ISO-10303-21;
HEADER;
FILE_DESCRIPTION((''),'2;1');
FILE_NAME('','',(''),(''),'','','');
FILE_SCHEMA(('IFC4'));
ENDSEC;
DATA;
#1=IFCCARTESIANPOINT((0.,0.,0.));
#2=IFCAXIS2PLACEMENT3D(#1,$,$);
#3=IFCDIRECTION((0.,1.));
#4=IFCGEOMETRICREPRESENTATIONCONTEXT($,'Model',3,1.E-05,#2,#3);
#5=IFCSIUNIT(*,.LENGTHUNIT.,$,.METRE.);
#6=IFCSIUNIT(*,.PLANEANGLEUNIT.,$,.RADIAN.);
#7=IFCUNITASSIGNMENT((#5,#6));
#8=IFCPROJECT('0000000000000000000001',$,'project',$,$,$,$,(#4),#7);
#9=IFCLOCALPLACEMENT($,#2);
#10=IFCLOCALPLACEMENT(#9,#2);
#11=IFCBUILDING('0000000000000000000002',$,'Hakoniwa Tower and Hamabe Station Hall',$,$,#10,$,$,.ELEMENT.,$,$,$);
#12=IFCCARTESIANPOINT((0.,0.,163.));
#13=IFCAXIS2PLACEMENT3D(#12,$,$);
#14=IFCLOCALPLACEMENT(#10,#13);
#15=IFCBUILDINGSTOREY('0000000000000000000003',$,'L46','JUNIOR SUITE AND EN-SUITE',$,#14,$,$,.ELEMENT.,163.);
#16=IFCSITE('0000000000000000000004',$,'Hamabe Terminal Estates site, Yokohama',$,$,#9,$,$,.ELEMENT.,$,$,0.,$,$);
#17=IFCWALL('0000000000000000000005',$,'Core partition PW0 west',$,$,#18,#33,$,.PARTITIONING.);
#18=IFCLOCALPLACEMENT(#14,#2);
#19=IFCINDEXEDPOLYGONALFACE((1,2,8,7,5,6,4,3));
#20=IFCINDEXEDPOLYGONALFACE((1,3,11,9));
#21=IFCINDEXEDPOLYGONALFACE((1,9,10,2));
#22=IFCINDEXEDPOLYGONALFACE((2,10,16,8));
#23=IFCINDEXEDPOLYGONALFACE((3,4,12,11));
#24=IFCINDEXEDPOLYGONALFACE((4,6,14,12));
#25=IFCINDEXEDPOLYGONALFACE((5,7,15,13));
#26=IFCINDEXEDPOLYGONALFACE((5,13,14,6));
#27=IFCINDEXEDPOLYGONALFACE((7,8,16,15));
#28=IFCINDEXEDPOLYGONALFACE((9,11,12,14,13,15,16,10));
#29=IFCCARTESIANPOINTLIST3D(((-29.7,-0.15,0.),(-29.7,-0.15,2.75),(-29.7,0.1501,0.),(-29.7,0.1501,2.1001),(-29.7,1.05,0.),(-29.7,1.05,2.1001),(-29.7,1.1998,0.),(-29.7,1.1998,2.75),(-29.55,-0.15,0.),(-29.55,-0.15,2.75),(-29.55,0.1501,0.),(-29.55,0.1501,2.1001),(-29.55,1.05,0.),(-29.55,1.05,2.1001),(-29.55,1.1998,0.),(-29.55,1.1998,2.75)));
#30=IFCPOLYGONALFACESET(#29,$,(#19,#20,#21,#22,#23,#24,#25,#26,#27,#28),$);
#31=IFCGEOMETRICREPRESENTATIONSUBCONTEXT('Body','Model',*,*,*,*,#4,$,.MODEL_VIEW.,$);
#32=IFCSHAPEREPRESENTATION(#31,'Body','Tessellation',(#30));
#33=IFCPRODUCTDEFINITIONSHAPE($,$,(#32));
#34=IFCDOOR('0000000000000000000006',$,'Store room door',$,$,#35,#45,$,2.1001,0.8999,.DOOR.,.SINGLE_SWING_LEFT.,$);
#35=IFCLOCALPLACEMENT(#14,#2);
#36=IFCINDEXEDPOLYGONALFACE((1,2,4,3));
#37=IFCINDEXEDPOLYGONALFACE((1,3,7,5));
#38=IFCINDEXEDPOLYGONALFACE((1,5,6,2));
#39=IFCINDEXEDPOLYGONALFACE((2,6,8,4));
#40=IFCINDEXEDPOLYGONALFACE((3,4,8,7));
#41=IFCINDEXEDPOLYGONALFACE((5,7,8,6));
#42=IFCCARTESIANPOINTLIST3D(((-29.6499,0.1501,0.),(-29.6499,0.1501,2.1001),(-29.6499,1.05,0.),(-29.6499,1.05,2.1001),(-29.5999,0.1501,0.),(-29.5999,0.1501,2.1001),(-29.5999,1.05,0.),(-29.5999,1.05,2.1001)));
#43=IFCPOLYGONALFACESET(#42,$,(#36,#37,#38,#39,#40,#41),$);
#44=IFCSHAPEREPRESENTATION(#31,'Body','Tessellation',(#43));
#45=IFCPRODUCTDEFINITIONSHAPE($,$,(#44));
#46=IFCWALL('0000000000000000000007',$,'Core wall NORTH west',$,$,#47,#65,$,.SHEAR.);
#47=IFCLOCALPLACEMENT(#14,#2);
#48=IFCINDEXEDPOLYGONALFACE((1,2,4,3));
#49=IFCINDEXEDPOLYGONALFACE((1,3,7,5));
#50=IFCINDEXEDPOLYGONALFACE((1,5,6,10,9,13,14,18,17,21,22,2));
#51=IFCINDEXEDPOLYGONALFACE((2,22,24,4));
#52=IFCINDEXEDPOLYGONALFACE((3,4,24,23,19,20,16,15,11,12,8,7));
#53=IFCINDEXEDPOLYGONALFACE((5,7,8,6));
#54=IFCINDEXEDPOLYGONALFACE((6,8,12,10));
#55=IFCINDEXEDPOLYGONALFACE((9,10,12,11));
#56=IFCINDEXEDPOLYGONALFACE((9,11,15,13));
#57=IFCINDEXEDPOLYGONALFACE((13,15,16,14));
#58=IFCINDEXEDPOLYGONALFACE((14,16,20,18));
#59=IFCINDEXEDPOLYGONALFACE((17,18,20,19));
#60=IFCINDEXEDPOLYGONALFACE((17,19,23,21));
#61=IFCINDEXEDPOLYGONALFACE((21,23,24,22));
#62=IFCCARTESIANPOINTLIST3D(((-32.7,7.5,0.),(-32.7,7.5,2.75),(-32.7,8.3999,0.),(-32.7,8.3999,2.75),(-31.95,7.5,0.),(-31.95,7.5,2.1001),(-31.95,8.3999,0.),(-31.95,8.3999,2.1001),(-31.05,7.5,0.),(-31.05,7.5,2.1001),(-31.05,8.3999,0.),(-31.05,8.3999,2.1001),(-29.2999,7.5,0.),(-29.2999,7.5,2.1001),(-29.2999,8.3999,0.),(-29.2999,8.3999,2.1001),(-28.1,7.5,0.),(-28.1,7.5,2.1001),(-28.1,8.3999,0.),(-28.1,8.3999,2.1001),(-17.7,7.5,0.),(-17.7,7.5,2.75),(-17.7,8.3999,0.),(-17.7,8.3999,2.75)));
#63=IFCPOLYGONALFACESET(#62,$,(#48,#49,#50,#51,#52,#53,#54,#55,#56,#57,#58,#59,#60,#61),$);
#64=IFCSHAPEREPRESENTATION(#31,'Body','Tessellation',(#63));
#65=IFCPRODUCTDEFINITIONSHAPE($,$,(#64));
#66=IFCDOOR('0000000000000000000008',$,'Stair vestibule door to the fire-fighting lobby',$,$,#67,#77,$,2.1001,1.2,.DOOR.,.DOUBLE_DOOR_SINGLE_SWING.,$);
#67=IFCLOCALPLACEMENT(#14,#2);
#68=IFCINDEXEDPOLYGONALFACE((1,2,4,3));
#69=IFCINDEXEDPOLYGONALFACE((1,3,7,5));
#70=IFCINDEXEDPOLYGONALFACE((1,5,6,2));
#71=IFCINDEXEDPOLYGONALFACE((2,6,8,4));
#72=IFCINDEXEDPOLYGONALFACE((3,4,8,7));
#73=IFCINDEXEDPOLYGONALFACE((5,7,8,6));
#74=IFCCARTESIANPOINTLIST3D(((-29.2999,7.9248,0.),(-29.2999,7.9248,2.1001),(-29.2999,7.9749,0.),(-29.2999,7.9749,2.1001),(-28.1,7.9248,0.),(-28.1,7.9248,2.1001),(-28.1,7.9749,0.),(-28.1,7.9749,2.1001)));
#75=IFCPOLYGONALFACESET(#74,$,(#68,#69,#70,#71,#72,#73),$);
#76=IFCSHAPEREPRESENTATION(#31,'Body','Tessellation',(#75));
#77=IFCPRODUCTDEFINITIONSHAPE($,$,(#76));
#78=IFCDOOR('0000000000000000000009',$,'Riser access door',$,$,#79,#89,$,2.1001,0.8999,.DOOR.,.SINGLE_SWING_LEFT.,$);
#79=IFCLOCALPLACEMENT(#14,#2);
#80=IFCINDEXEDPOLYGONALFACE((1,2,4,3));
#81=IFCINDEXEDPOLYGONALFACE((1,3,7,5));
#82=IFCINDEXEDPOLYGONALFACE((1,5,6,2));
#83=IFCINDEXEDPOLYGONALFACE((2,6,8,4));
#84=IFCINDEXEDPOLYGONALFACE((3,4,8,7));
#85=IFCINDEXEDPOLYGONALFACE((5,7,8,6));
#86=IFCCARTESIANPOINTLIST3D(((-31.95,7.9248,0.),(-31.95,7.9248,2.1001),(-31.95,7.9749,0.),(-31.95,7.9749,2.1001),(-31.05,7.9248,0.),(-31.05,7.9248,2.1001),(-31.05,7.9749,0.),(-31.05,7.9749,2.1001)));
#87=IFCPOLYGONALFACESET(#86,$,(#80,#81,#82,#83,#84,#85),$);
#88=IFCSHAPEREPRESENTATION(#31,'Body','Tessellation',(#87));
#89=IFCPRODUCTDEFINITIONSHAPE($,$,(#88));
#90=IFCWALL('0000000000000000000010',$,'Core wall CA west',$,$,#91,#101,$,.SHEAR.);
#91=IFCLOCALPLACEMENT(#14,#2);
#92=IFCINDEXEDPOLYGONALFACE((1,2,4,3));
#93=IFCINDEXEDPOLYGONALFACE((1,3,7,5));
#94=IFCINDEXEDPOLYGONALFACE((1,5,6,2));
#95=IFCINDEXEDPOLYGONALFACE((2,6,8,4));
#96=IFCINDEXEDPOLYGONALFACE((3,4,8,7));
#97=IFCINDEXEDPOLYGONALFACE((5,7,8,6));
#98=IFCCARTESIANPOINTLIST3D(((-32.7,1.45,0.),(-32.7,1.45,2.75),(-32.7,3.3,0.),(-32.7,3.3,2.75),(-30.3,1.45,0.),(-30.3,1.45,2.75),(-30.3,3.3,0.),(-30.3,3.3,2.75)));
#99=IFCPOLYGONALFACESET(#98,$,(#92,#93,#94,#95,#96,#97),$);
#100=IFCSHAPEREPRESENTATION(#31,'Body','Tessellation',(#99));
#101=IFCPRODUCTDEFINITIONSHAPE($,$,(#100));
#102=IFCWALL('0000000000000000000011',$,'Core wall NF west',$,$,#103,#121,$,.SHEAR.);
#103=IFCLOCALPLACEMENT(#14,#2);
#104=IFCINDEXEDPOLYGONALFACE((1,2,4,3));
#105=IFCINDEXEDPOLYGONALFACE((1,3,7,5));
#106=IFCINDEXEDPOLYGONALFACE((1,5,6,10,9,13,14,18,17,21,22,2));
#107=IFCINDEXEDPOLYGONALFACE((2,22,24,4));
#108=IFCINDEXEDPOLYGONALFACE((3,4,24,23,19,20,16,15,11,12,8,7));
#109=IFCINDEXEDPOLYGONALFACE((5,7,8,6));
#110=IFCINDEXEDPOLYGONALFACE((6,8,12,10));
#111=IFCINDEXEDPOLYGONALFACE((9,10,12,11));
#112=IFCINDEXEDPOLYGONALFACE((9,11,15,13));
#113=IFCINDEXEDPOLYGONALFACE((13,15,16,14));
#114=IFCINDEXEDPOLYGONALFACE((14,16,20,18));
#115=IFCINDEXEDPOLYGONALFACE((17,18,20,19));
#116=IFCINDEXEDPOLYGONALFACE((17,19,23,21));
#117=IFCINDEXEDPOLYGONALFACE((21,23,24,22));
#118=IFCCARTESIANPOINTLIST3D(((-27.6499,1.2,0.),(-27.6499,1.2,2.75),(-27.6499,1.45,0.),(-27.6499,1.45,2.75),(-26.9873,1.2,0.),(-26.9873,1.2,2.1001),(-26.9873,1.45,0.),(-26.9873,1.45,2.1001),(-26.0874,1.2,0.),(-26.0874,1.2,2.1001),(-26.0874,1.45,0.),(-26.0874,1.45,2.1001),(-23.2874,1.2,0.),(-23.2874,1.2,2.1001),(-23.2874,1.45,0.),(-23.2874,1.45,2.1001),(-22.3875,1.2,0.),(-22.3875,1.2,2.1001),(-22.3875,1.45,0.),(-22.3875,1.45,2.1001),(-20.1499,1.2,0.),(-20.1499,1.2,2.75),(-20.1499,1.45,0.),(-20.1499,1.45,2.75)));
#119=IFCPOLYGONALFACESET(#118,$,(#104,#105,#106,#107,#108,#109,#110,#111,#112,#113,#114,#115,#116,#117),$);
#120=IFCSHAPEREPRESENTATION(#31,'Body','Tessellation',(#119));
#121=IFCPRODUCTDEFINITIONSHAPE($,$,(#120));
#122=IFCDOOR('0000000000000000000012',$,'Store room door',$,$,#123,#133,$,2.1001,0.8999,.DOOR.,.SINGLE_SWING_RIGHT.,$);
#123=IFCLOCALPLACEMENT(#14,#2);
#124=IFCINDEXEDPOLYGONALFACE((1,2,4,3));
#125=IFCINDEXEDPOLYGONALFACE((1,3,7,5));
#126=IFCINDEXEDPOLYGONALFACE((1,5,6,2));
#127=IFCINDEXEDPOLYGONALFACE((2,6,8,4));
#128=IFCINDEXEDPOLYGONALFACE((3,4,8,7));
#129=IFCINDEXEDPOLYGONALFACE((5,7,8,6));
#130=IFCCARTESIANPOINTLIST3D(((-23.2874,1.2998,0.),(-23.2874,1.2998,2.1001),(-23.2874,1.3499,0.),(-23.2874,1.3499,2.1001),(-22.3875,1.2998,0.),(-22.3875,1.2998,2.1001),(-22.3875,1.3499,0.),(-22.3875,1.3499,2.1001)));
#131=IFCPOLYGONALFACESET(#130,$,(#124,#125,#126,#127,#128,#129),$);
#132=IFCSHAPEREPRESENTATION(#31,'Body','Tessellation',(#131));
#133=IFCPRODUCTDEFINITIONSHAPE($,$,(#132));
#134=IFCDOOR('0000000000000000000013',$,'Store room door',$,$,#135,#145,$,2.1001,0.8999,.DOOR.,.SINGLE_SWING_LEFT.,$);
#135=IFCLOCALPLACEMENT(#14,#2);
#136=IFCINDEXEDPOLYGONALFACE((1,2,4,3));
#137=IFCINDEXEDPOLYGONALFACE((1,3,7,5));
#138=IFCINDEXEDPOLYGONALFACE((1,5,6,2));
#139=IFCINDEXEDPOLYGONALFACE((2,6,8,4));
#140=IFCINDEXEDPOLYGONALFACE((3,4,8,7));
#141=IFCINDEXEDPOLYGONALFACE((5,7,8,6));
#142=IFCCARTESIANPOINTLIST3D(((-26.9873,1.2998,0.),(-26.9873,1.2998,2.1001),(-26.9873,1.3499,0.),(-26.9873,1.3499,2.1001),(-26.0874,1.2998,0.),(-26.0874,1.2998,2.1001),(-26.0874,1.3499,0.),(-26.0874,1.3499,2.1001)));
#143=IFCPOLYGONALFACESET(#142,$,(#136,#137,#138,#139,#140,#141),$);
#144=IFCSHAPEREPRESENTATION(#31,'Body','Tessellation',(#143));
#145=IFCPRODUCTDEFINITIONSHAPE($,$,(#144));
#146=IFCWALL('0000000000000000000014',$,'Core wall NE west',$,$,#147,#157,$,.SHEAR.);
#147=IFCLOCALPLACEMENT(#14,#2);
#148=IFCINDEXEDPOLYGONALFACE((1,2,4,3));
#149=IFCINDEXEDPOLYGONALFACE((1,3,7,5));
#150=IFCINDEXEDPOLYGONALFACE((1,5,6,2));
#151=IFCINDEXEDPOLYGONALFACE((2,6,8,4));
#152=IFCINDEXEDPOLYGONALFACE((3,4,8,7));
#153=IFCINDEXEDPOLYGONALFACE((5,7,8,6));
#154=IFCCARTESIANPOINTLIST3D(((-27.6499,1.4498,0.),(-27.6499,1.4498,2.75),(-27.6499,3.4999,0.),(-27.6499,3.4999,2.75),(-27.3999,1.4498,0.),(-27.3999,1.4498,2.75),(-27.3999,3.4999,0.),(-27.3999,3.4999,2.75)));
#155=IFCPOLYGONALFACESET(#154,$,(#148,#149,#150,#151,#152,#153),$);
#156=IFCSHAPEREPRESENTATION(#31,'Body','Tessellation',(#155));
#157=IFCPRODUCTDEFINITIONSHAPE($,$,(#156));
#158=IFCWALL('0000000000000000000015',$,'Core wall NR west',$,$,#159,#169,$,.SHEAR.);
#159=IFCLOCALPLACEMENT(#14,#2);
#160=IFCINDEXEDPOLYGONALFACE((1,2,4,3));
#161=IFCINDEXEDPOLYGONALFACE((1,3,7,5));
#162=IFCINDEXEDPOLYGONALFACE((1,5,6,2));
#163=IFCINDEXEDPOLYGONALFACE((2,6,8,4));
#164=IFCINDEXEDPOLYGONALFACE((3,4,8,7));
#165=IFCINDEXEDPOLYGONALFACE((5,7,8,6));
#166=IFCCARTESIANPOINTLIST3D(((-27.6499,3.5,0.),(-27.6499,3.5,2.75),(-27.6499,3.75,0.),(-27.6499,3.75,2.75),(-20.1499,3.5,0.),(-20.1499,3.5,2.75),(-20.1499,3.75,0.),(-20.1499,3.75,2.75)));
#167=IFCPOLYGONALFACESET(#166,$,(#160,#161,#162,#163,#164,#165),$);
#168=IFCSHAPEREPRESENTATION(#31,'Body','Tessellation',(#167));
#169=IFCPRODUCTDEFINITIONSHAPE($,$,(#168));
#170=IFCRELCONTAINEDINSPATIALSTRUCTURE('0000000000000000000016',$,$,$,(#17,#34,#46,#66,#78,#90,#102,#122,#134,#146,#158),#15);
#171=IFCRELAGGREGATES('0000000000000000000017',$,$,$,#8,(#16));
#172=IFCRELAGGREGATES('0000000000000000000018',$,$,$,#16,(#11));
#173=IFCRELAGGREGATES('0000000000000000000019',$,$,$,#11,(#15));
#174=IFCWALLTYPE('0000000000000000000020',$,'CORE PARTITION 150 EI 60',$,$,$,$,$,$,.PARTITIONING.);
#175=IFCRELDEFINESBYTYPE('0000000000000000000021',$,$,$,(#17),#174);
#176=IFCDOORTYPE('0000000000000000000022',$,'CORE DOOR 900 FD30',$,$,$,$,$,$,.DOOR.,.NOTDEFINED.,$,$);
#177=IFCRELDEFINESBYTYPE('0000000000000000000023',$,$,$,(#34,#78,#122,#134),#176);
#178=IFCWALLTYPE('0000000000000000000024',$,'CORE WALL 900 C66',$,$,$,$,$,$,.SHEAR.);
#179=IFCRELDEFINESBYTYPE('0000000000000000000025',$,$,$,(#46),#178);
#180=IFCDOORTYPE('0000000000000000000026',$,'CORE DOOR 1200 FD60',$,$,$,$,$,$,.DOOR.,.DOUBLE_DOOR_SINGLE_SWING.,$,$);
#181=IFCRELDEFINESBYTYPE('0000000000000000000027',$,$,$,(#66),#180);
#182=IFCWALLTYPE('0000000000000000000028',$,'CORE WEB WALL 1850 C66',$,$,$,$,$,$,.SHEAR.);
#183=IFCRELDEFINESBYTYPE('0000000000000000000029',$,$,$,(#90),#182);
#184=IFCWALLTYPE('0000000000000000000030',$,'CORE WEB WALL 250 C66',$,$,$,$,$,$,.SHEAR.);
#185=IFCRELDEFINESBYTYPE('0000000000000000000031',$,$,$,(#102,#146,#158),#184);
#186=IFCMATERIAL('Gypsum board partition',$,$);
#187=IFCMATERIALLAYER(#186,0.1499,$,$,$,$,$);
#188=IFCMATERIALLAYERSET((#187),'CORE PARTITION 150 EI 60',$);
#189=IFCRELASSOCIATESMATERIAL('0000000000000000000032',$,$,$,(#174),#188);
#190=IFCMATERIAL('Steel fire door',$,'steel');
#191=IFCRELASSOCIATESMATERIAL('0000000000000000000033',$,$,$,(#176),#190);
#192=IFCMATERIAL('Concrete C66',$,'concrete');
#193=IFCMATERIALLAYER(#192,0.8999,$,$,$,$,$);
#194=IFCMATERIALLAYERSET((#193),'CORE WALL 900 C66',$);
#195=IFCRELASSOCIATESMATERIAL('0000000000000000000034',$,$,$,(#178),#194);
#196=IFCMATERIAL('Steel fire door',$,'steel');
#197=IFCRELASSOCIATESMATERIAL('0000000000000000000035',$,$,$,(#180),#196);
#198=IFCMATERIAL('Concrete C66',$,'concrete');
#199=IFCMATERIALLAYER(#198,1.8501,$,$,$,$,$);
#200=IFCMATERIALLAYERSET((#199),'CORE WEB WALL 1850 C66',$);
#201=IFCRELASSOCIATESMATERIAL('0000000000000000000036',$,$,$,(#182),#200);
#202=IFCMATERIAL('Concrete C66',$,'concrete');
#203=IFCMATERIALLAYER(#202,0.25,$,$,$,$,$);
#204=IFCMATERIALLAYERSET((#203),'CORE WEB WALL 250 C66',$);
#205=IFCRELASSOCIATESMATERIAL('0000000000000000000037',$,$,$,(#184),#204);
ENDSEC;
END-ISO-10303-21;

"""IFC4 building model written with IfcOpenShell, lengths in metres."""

from ifc_helpers import new_model, si_unit, direction, frame, frame_2d, origin, place, context, subcontext, project, spatial, rectangle, extrude, material, layer, layer_set, type_object, element, fill, save


model = new_model("IFC4")

# Units and contexts
model_context = context("Model", 3, precision=1e-05, world=origin(), true_north=direction((0.0, 1.0)))
body_context = subcontext(model_context, "Body", "Model", "MODEL_VIEW")
ifc_project = project(units=[si_unit("LENGTHUNIT", "METRE"), si_unit("PLANEANGLEUNIT", "RADIAN")], contexts=[model_context])

# Site, building, storey
site_placement = place(None, origin())
site = spatial("IfcSite", under=ifc_project, at=site_placement, Name="Hamabe Terminal Estates site, Yokohama", CompositionType="ELEMENT", RefElevation=0.0)
building_placement = place(site_placement, origin())
building = spatial("IfcBuilding", under=site, at=building_placement, Name="Hakoniwa Tower and Hamabe Station Hall", CompositionType="ELEMENT")
storey_placement = place(building_placement, frame((0.0, 0.0, 163.0)))
storey = spatial("IfcBuildingStorey", under=building, at=storey_placement, Name="L46", Description="JUNIOR SUITE AND EN-SUITE", CompositionType="ELEMENT", Elevation=163.0)

# Wall, opening, door
ifc_material_1 = material(Name="Gypsum board partition")
ifc_layer_1 = layer(ifc_material_1, 0.1499)
ifc_layer_set_1 = layer_set([ifc_layer_1], Name="CORE PARTITION 150 EI 60")
wall_type_1 = type_object("IfcWallType", Name="CORE PARTITION 150 EI 60", PredefinedType="PARTITIONING", material=ifc_layer_set_1)
wall_1_placement = place(storey_placement, frame((-29.625, -0.1499, 0.0), z_axis=(0.0, 0.0, 1.0), x_axis=(0.0, 1.0, 0.0)))
wall_1 = element("IfcWall", 1, at=wall_1_placement, inside=storey, type_object=wall_type_1, Name="Core partition PW0 west", PredefinedType="PARTITIONING", context=body_context, shape_type="SweptSolid", body=[
    extrude(rectangle(XDim=1.3499, YDim=0.1499, at=frame_2d((0.6748, 0.0))), origin(), (0.0, 0.0, 1.0), 2.75),
])
opening_1_placement = place(wall_1_placement, frame((0.3, 0.0, 0.0)))
opening_1 = element("IfcOpeningElement", 2, at=opening_1_placement, cuts=wall_1, PredefinedType="OPENING", context=body_context, shape_type="SweptSolid", body=[
    extrude(rectangle(XDim=0.8999, YDim=2.1001, at=frame_2d((0.45, 1.05))), frame((0.0, 0.085, 0.0), z_axis=(0.0, -1.0, 0.0), x_axis=(1.0, 0.0, 0.0)), (0.0, 0.0, 1.0), 0.1699),
])
ifc_material_2 = material(Name="Steel fire door", Category="steel")
door_type_1 = type_object("IfcDoorType", Name="CORE DOOR 900 FD30", OperationType="NOTDEFINED", PredefinedType="DOOR", material=ifc_material_2)
door_1_placement = place(opening_1_placement, origin())
door_1 = element("IfcDoor", 3, at=door_1_placement, inside=storey, type_object=door_type_1, Name="Store room door", OperationType="SINGLE_SWING_LEFT", OverallHeight=2.1001, OverallWidth=0.8999, PredefinedType="DOOR", context=body_context, shape_type="SweptSolid", body=[
    extrude(rectangle(XDim=0.8999, YDim=2.1001, at=frame_2d((0.45, 1.05))), frame((0.0, 0.0249, 0.0), z_axis=(0.0, -1.0, 0.0), x_axis=(1.0, 0.0, 0.0)), (0.0, 0.0, 1.0), 0.05),
])
fill(opening_1, door_1)

# Wall, openings, doors
ifc_material_3 = material(Name="Concrete C66", Category="concrete")
ifc_layer_2 = layer(ifc_material_3, 0.8999)
ifc_layer_set_2 = layer_set([ifc_layer_2], Name="CORE WALL 900 C66")
wall_type_2 = type_object("IfcWallType", Name="CORE WALL 900 C66", PredefinedType="SHEAR", material=ifc_layer_set_2)
wall_2_placement = place(storey_placement, frame((-32.7, 7.95, 0.0), z_axis=(0.0, 0.0, 1.0), x_axis=(1.0, 0.0, 0.0)))
wall_2 = element("IfcWall", 4, at=wall_2_placement, inside=storey, type_object=wall_type_2, Name="Core wall NORTH west", PredefinedType="SHEAR", context=body_context, shape_type="SweptSolid", body=[
    extrude(rectangle(XDim=15.0, YDim=0.8999, at=frame_2d((7.5, 0.0))), origin(), (0.0, 0.0, 1.0), 2.75),
])
opening_2_placement = place(wall_2_placement, frame((3.3999, 0.0, 0.0)))
opening_2 = element("IfcOpeningElement", 5, at=opening_2_placement, cuts=wall_2, PredefinedType="OPENING", context=body_context, shape_type="SweptSolid", body=[
    extrude(rectangle(XDim=1.2, YDim=2.1001, at=frame_2d((0.6001, 1.05))), frame((0.0, 0.46, 0.0), z_axis=(0.0, -1.0, 0.0), x_axis=(1.0, 0.0, 0.0)), (0.0, 0.0, 1.0), 0.9199),
])
opening_3_placement = place(wall_2_placement, frame((0.75, 0.0, 0.0)))
opening_3 = element("IfcOpeningElement", 6, at=opening_3_placement, cuts=wall_2, PredefinedType="OPENING", context=body_context, shape_type="SweptSolid", body=[
    extrude(rectangle(XDim=0.8999, YDim=2.1001, at=frame_2d((0.45, 1.05))), frame((0.0, 0.46, 0.0), z_axis=(0.0, -1.0, 0.0), x_axis=(1.0, 0.0, 0.0)), (0.0, 0.0, 1.0), 0.9199),
])
ifc_material_4 = material(Name="Steel fire door", Category="steel")
door_type_2 = type_object("IfcDoorType", Name="CORE DOOR 1200 FD60", OperationType="DOUBLE_DOOR_SINGLE_SWING", PredefinedType="DOOR", material=ifc_material_4)
door_2_placement = place(opening_2_placement, origin())
door_2 = element("IfcDoor", 7, at=door_2_placement, inside=storey, type_object=door_type_2, Name="Stair vestibule door to the fire-fighting lobby", OperationType="DOUBLE_DOOR_SINGLE_SWING", OverallHeight=2.1001, OverallWidth=1.2, PredefinedType="DOOR", context=body_context, shape_type="SweptSolid", body=[
    extrude(rectangle(XDim=1.2, YDim=2.1001, at=frame_2d((0.6001, 1.05))), frame((0.0, 0.0249, 0.0), z_axis=(0.0, -1.0, 0.0), x_axis=(1.0, 0.0, 0.0)), (0.0, 0.0, 1.0), 0.05),
])
fill(opening_2, door_2)
door_3_placement = place(opening_3_placement, origin())
door_3 = element("IfcDoor", 8, at=door_3_placement, inside=storey, type_object=door_type_1, Name="Riser access door", OperationType="SINGLE_SWING_LEFT", OverallHeight=2.1001, OverallWidth=0.8999, PredefinedType="DOOR", context=body_context, shape_type="SweptSolid", body=[
    extrude(rectangle(XDim=0.8999, YDim=2.1001, at=frame_2d((0.45, 1.05))), frame((0.0, 0.0249, 0.0), z_axis=(0.0, -1.0, 0.0), x_axis=(1.0, 0.0, 0.0)), (0.0, 0.0, 1.0), 0.05),
])
fill(opening_3, door_3)

# Wall
ifc_material_5 = material(Name="Concrete C66", Category="concrete")
ifc_layer_3 = layer(ifc_material_5, 1.8501)
ifc_layer_set_3 = layer_set([ifc_layer_3], Name="CORE WEB WALL 1850 C66")
wall_type_3 = type_object("IfcWallType", Name="CORE WEB WALL 1850 C66", PredefinedType="SHEAR", material=ifc_layer_set_3)
wall_3_placement = place(storey_placement, frame((-32.7, 2.375, 0.0), z_axis=(0.0, 0.0, 1.0), x_axis=(1.0, 0.0, 0.0)))
element("IfcWall", 9, at=wall_3_placement, inside=storey, type_object=wall_type_3, Name="Core wall CA west", PredefinedType="SHEAR", context=body_context, shape_type="SweptSolid", body=[
    extrude(rectangle(XDim=2.3999, YDim=1.8501, at=frame_2d((1.2, 0.0))), origin(), (0.0, 0.0, 1.0), 2.75),
])

# Wall, openings, doors
ifc_material_6 = material(Name="Concrete C66", Category="concrete")
ifc_layer_4 = layer(ifc_material_6, 0.25)
ifc_layer_set_4 = layer_set([ifc_layer_4], Name="CORE WEB WALL 250 C66")
wall_type_4 = type_object("IfcWallType", Name="CORE WEB WALL 250 C66", PredefinedType="SHEAR", material=ifc_layer_set_4)
wall_4_placement = place(storey_placement, frame((-27.6499, 1.325, 0.0), z_axis=(0.0, 0.0, 1.0), x_axis=(1.0, 0.0, 0.0)))
wall_4 = element("IfcWall", 10, at=wall_4_placement, inside=storey, type_object=wall_type_4, Name="Core wall NF west", PredefinedType="SHEAR", context=body_context, shape_type="SweptSolid", body=[
    extrude(rectangle(XDim=7.5, YDim=0.25, at=frame_2d((3.75, 0.0))), origin(), (0.0, 0.0, 1.0), 2.75),
])
opening_4_placement = place(wall_4_placement, frame((4.3625, 0.0, 0.0)))
opening_4 = element("IfcOpeningElement", 11, at=opening_4_placement, cuts=wall_4, PredefinedType="OPENING", context=body_context, shape_type="SweptSolid", body=[
    extrude(rectangle(XDim=0.8999, YDim=2.1001, at=frame_2d((0.45, 1.05))), frame((0.0, 0.135, 0.0), z_axis=(0.0, -1.0, 0.0), x_axis=(1.0, 0.0, 0.0)), (0.0, 0.0, 1.0), 0.27),
])
opening_5_placement = place(wall_4_placement, frame((0.6626, 0.0, 0.0)))
opening_5 = element("IfcOpeningElement", 12, at=opening_5_placement, cuts=wall_4, PredefinedType="OPENING", context=body_context, shape_type="SweptSolid", body=[
    extrude(rectangle(XDim=0.8999, YDim=2.1001, at=frame_2d((0.45, 1.05))), frame((0.0, 0.135, 0.0), z_axis=(0.0, -1.0, 0.0), x_axis=(1.0, 0.0, 0.0)), (0.0, 0.0, 1.0), 0.27),
])
door_4_placement = place(opening_4_placement, origin())
door_4 = element("IfcDoor", 13, at=door_4_placement, inside=storey, type_object=door_type_1, Name="Store room door", OperationType="SINGLE_SWING_RIGHT", OverallHeight=2.1001, OverallWidth=0.8999, PredefinedType="DOOR", context=body_context, shape_type="SweptSolid", body=[
    extrude(rectangle(XDim=0.8999, YDim=2.1001, at=frame_2d((0.45, 1.05))), frame((0.0, 0.0249, 0.0), z_axis=(0.0, -1.0, 0.0), x_axis=(1.0, 0.0, 0.0)), (0.0, 0.0, 1.0), 0.05),
])
fill(opening_4, door_4)
door_5_placement = place(opening_5_placement, origin())
door_5 = element("IfcDoor", 14, at=door_5_placement, inside=storey, type_object=door_type_1, Name="Store room door", OperationType="SINGLE_SWING_LEFT", OverallHeight=2.1001, OverallWidth=0.8999, PredefinedType="DOOR", context=body_context, shape_type="SweptSolid", body=[
    extrude(rectangle(XDim=0.8999, YDim=2.1001, at=frame_2d((0.45, 1.05))), frame((0.0, 0.0249, 0.0), z_axis=(0.0, -1.0, 0.0), x_axis=(1.0, 0.0, 0.0)), (0.0, 0.0, 1.0), 0.05),
])
fill(opening_5, door_5)

# Walls
wall_5_placement = place(storey_placement, frame((-27.5249, 1.45, 0.0), z_axis=(0.0, 0.0, 1.0), x_axis=(0.0, 1.0, 0.0)))
element("IfcWall", 15, at=wall_5_placement, inside=storey, type_object=wall_type_4, Name="Core wall NE west", PredefinedType="SHEAR", context=body_context, shape_type="SweptSolid", body=[
    extrude(rectangle(XDim=2.05, YDim=0.25, at=frame_2d((1.0249, 0.0))), origin(), (0.0, 0.0, 1.0), 2.75),
])
wall_6_placement = place(storey_placement, frame((-27.6499, 3.625, 0.0), z_axis=(0.0, 0.0, 1.0), x_axis=(1.0, 0.0, 0.0)))
element("IfcWall", 16, at=wall_6_placement, inside=storey, type_object=wall_type_4, Name="Core wall NR west", PredefinedType="SHEAR", context=body_context, shape_type="SweptSolid", body=[
    extrude(rectangle(XDim=7.5, YDim=0.25, at=frame_2d((3.75, 0.0))), origin(), (0.0, 0.0, 1.0), 2.75),
])

save(model, "model.ifc")
